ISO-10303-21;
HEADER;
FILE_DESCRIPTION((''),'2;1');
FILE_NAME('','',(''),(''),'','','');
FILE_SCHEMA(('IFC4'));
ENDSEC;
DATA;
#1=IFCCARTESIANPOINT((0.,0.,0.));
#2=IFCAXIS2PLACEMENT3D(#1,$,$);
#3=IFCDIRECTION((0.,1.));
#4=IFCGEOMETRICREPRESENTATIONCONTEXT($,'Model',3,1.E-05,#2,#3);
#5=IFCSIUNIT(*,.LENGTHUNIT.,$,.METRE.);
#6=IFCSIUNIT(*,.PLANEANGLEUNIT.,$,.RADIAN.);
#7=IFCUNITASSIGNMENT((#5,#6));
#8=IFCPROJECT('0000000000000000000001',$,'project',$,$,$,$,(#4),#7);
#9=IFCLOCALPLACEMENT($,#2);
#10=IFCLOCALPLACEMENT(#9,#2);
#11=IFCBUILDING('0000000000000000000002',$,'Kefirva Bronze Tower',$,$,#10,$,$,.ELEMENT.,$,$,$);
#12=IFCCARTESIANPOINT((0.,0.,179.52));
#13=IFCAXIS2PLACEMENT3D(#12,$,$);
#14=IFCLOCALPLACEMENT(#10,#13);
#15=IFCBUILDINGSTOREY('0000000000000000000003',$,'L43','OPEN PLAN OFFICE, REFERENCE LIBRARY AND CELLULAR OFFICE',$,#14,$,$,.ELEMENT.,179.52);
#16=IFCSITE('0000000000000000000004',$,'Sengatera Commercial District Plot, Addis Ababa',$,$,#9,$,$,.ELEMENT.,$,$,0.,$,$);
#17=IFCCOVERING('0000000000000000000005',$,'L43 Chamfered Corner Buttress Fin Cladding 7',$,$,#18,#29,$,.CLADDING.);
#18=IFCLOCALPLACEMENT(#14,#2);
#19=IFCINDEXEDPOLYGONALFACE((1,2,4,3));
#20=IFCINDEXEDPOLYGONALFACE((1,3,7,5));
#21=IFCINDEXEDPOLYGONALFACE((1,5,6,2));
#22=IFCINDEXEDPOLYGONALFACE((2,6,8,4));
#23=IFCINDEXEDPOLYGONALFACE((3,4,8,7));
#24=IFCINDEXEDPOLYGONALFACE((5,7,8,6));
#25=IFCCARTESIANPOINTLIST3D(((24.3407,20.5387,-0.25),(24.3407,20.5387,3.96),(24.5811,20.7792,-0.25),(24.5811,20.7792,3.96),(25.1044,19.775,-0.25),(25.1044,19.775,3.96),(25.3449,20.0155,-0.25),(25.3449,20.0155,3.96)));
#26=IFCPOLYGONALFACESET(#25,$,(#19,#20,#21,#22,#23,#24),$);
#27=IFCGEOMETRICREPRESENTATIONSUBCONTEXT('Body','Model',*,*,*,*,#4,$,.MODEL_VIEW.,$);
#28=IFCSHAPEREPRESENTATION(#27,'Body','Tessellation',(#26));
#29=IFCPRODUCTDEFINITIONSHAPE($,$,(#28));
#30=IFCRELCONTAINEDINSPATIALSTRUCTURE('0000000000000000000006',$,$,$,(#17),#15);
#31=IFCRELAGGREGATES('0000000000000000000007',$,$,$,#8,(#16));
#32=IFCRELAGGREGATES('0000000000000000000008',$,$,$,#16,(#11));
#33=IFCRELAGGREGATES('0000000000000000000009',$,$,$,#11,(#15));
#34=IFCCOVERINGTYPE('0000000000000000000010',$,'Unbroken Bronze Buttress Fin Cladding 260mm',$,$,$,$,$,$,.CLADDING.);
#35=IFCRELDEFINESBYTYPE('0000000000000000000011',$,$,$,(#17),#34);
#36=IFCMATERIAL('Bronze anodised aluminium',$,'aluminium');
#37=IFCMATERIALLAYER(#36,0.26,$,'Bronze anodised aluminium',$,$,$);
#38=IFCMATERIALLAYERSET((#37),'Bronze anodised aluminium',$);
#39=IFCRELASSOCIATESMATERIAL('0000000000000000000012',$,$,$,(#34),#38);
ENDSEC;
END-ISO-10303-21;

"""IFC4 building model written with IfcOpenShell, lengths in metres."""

from ifc_helpers import new_model, si_unit, direction, frame, origin, origin_2d, place, context, subcontext, project, spatial, rectangle, extrude, material, layer, layer_set, type_object, element, save


model = new_model("IFC4")

# Units and contexts
model_context = context("Model", 3, precision=1e-05, world=origin(), true_north=direction((0.0, 1.0)))
body_context = subcontext(model_context, "Body", "Model", "MODEL_VIEW")
ifc_project = project(units=[si_unit("LENGTHUNIT", "METRE"), si_unit("PLANEANGLEUNIT", "RADIAN")], contexts=[model_context])

# Site, building, storey
site_placement = place(None, origin())
site = spatial("IfcSite", under=ifc_project, at=site_placement, Name="Sengatera Commercial District Plot, Addis Ababa", CompositionType="ELEMENT", RefElevation=0.0)
building_placement = place(site_placement, origin())
building = spatial("IfcBuilding", under=site, at=building_placement, Name="Kefirva Bronze Tower", CompositionType="ELEMENT")
storey_placement = place(building_placement, frame((0.0, 0.0, 179.52)))
storey = spatial("IfcBuildingStorey", under=building, at=storey_placement, Name="L43", Description="OPEN PLAN OFFICE, REFERENCE LIBRARY AND CELLULAR OFFICE", CompositionType="ELEMENT", Elevation=179.52)

# Shared definitions
ifc_material_1 = material(Name="Bronze anodised aluminium", Category="aluminium")

# Covering
ifc_layer_1 = layer(ifc_material_1, 0.26, Name="Bronze anodised aluminium")
ifc_layer_set_1 = layer_set([ifc_layer_1], Name="Bronze anodised aluminium")
covering_type_1 = type_object("IfcCoveringType", Name="Unbroken Bronze Buttress Fin Cladding 260mm", PredefinedType="CLADDING", material=ifc_layer_set_1)
covering_1_placement = place(storey_placement, frame((24.8428, 20.2771, -0.25), z_axis=(0.0, 0.0, 1.0), x_axis=(0.707107, 0.707107, 0.0)))
element("IfcCovering", 1, at=covering_1_placement, inside=storey, type_object=covering_type_1, Name="L43 Chamfered Corner Buttress Fin Cladding 7", PredefinedType="CLADDING", context=body_context, shape_type="SweptSolid", body=[
    extrude(rectangle(XDim=0.3401, YDim=1.0801, at=origin_2d()), origin(), (0.0, 0.0, 1.0), 4.21),
])

save(model, "model.ifc")
